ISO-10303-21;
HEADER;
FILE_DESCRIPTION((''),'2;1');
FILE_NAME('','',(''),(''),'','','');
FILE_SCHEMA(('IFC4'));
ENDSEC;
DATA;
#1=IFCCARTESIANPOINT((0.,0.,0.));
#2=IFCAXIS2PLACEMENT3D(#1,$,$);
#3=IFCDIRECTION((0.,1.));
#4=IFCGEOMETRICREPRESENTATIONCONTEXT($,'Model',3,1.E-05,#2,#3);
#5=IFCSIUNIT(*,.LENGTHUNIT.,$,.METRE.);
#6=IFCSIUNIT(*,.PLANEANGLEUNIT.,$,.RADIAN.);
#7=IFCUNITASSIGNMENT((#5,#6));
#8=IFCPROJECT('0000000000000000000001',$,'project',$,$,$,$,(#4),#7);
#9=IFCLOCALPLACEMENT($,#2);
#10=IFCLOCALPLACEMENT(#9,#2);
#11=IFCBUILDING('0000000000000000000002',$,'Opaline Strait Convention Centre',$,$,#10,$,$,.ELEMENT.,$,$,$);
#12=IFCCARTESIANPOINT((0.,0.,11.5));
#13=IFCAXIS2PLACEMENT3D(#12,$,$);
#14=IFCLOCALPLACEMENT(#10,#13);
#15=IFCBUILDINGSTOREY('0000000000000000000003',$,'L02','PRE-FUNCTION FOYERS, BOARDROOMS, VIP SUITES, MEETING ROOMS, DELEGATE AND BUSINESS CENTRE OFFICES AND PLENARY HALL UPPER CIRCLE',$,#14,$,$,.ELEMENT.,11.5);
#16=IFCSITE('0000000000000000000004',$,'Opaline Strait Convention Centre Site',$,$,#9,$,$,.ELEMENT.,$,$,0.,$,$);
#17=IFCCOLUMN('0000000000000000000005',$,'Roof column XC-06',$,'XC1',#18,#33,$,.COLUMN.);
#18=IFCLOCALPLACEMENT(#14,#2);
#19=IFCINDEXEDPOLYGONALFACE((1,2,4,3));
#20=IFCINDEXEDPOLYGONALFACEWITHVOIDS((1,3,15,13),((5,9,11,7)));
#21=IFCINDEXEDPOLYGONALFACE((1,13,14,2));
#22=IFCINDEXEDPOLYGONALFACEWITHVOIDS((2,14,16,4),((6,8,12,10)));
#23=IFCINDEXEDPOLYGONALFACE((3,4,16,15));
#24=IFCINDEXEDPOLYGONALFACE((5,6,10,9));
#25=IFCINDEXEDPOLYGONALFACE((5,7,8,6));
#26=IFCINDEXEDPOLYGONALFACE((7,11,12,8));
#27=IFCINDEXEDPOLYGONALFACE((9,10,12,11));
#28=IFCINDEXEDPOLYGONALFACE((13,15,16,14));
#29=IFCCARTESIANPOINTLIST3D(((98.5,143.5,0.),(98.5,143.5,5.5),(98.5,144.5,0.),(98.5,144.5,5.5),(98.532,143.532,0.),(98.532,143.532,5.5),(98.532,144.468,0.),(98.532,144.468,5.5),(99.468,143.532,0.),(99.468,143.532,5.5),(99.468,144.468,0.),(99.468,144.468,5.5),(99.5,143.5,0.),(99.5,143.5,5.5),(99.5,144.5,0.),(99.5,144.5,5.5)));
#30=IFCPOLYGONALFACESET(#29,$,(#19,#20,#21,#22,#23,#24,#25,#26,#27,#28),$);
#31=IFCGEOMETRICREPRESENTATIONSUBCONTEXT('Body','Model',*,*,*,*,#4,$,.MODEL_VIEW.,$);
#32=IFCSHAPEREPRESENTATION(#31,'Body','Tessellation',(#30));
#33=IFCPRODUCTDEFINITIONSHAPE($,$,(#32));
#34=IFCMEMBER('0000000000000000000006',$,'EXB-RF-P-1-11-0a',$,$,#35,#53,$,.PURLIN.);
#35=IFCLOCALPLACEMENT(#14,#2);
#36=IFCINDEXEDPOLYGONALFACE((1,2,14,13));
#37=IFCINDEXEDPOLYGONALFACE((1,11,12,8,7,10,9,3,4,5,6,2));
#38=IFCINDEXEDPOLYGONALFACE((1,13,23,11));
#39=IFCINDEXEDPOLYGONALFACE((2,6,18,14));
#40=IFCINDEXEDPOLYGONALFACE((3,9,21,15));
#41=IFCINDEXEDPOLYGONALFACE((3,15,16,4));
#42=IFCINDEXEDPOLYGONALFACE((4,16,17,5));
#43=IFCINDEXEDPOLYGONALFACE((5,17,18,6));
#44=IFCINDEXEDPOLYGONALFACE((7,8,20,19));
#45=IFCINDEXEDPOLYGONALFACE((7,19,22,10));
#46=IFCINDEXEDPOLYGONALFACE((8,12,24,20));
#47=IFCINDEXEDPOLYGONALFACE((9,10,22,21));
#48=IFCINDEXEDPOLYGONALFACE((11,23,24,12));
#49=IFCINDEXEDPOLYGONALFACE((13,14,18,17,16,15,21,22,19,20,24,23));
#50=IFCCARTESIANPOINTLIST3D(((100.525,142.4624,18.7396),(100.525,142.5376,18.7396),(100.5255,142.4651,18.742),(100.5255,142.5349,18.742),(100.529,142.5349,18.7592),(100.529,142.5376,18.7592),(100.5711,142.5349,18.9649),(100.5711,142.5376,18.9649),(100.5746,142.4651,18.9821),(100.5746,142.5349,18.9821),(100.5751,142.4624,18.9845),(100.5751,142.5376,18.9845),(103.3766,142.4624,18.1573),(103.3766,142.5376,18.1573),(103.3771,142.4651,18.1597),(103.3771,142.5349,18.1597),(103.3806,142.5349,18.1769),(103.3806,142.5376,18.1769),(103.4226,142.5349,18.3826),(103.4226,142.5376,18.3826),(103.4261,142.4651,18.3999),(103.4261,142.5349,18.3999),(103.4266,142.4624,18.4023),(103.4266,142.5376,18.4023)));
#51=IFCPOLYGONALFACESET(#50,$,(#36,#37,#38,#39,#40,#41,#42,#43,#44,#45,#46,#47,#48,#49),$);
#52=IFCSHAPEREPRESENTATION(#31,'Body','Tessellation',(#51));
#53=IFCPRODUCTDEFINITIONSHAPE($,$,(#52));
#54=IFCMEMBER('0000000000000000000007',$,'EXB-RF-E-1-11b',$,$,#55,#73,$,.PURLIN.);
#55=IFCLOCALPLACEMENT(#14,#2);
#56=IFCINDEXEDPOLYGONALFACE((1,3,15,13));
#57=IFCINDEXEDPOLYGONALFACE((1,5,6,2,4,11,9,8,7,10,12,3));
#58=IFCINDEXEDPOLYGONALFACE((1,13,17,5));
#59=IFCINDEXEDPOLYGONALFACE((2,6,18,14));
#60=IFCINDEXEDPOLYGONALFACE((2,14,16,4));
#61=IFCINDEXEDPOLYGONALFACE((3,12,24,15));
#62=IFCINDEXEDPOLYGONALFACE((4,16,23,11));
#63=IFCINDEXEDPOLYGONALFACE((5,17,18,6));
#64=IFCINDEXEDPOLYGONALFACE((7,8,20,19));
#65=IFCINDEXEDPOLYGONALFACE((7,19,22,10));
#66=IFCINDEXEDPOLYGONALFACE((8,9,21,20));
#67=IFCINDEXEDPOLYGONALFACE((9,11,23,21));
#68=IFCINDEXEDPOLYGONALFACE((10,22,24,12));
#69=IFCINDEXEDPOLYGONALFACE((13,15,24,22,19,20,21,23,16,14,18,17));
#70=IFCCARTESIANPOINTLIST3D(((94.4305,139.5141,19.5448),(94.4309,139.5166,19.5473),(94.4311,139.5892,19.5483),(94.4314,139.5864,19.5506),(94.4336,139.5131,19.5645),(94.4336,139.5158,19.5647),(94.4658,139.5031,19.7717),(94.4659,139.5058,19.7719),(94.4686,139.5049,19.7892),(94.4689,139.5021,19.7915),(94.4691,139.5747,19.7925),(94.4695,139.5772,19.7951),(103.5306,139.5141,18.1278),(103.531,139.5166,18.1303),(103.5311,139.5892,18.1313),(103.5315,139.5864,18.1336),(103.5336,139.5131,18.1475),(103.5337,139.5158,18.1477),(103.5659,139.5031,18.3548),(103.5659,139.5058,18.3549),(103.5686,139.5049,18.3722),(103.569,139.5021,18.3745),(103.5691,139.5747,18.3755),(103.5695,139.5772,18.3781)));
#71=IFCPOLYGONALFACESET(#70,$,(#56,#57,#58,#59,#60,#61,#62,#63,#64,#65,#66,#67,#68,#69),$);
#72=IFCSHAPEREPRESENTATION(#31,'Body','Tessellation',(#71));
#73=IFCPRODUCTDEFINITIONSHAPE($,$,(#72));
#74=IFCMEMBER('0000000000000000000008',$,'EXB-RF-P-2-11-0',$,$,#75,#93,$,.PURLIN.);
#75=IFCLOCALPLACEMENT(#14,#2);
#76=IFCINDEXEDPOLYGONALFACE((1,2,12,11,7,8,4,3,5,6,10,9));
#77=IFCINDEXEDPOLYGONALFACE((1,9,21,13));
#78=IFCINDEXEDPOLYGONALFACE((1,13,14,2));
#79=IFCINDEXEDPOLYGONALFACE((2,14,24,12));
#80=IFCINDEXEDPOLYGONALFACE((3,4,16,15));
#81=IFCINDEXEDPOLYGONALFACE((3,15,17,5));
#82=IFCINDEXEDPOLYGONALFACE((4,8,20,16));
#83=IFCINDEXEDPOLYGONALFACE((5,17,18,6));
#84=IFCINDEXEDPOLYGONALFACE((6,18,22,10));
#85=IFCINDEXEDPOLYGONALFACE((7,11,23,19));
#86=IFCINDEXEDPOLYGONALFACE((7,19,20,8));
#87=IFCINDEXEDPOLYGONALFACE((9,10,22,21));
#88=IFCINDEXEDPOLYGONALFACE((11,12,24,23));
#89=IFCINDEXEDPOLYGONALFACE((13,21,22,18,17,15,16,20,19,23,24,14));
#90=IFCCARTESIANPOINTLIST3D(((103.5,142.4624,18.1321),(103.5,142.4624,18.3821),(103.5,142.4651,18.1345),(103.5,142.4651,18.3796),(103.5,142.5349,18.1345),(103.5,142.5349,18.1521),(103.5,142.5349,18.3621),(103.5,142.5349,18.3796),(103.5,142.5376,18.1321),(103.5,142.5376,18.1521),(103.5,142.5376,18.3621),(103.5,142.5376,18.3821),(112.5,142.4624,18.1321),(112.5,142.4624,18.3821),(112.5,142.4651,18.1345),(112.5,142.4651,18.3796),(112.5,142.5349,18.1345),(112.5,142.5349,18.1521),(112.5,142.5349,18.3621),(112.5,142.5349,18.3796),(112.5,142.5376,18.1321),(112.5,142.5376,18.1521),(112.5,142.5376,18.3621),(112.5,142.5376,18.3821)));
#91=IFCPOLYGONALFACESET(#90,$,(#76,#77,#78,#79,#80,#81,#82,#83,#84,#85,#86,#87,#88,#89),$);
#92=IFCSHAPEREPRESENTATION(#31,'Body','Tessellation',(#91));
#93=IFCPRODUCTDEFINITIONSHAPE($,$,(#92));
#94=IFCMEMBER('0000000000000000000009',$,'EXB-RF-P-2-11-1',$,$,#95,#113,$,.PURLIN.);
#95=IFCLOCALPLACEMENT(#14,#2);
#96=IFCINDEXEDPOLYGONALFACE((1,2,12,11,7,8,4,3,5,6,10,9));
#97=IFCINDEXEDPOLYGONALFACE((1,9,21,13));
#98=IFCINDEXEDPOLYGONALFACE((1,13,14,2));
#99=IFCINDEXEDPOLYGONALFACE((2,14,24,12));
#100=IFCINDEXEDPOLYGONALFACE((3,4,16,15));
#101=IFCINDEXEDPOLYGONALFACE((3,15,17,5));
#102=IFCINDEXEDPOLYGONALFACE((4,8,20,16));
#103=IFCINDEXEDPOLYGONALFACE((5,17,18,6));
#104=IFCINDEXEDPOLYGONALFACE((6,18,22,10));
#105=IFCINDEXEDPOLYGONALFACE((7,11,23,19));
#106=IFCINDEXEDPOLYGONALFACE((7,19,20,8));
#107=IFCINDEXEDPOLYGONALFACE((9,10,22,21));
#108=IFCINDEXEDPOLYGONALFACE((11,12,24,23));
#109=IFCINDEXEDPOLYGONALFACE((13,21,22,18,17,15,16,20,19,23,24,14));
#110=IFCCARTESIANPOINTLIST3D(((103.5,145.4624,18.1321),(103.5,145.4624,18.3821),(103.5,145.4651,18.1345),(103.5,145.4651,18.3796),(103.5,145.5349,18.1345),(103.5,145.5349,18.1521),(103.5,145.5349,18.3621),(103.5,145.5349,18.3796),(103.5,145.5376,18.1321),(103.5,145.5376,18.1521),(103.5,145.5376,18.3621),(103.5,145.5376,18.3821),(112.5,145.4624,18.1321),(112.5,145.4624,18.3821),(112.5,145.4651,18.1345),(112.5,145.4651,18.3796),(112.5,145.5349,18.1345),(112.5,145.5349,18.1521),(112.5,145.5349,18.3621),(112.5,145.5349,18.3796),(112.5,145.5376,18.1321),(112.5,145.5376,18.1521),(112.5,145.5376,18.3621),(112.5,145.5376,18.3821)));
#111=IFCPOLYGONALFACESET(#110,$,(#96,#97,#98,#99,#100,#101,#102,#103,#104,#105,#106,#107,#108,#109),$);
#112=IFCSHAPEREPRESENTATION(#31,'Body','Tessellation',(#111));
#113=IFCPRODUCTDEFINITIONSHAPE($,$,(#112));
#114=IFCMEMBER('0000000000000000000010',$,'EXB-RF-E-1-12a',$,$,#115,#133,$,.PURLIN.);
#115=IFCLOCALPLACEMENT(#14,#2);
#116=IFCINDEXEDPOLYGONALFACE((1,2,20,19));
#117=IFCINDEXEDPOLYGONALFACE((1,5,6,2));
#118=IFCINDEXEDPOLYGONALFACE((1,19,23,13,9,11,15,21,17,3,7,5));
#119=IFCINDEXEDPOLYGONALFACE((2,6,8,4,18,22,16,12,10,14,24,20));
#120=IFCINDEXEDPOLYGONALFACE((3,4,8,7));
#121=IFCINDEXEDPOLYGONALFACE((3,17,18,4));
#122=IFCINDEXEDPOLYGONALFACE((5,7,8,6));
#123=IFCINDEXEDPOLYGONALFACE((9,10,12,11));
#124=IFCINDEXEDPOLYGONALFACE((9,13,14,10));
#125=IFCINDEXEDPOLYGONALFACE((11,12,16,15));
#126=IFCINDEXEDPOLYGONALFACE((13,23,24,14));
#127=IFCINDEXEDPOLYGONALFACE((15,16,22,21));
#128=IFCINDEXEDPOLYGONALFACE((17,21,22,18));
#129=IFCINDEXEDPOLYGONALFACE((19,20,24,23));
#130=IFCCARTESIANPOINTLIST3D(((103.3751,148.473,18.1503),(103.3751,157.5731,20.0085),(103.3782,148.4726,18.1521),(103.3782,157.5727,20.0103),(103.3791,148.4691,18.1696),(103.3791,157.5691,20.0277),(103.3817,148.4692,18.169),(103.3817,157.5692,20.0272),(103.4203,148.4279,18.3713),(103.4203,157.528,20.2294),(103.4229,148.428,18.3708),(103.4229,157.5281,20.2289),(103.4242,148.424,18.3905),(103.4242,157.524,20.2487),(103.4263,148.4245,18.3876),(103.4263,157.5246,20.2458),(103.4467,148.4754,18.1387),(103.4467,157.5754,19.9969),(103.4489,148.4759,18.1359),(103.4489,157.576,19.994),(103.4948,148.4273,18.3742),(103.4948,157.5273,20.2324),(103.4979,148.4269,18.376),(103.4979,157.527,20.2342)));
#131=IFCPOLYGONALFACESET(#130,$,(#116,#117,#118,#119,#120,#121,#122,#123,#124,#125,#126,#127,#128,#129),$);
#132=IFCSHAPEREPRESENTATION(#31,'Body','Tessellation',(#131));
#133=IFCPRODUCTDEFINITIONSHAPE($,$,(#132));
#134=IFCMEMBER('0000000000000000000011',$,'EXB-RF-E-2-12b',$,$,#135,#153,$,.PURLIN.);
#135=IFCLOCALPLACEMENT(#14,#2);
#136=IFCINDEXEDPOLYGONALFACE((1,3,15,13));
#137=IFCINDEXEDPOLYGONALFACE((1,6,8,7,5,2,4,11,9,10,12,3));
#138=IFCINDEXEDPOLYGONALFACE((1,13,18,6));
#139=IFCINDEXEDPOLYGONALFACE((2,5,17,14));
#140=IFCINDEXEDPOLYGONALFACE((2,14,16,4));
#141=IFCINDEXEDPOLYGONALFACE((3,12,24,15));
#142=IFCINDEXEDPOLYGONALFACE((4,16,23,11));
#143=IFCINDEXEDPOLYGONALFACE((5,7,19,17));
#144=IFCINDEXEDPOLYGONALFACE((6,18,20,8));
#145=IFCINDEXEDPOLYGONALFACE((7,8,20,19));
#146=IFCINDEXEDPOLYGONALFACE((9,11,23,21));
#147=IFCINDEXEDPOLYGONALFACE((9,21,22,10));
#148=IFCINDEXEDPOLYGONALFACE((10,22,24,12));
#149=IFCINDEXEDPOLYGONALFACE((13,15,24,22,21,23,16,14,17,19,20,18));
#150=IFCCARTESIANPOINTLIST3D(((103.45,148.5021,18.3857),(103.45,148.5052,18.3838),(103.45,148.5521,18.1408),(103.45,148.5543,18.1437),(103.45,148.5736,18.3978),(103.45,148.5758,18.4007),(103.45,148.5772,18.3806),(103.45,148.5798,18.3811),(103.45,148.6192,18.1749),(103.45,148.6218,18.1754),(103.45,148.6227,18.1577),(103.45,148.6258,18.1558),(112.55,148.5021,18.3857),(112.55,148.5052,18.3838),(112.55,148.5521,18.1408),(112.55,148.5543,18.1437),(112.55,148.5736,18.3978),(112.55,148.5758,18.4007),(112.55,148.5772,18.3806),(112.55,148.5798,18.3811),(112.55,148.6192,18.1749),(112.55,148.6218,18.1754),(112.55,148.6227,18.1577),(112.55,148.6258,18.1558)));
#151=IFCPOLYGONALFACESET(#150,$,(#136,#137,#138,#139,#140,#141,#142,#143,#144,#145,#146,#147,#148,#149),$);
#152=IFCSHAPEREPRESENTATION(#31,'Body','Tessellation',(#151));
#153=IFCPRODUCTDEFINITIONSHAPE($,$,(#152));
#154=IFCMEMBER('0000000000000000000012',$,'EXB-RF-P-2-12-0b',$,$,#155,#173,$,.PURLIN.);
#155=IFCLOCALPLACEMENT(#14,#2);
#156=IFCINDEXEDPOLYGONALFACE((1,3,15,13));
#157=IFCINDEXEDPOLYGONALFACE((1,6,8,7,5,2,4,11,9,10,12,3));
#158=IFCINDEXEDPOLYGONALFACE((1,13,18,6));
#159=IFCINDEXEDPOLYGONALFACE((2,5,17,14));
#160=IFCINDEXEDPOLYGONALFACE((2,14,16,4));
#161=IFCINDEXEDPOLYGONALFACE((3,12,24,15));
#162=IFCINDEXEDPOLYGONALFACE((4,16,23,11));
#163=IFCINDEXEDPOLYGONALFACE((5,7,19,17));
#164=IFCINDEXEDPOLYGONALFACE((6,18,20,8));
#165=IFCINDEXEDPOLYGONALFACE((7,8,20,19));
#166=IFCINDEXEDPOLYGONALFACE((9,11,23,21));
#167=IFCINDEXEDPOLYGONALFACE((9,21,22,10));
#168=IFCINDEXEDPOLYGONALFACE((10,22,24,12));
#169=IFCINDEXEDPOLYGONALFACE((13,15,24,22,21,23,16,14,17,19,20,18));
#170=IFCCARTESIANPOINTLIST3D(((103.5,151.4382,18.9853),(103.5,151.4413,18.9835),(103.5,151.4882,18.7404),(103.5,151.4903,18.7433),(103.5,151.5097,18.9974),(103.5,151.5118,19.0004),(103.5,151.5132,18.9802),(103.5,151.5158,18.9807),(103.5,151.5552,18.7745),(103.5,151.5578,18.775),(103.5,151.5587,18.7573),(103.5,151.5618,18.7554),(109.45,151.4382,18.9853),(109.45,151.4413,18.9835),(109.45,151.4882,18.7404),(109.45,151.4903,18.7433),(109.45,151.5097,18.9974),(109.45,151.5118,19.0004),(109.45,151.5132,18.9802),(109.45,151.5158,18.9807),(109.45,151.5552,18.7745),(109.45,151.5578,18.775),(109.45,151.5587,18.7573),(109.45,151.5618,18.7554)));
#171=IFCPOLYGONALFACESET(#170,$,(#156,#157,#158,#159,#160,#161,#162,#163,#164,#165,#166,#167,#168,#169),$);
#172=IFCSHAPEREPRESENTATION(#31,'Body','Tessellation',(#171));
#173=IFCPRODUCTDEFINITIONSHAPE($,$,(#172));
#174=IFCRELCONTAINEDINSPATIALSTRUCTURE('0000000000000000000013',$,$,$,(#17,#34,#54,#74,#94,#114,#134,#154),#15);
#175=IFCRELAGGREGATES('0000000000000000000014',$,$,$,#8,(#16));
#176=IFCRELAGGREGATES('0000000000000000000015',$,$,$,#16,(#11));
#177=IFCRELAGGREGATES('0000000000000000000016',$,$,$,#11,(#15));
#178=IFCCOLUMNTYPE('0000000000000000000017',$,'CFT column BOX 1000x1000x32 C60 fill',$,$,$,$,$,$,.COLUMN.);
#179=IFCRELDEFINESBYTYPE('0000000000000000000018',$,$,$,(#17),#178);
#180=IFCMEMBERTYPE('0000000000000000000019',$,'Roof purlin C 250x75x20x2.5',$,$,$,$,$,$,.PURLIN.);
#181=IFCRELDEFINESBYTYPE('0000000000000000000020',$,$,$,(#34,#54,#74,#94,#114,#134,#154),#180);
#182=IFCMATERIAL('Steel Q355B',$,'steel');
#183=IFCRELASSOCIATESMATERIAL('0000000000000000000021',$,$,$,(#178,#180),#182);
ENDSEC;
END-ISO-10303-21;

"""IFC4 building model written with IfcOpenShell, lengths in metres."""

from ifc_helpers import new_model, si_unit, direction, frame, origin, origin_2d, place, context, subcontext, project, spatial, polyline, hollow_rectangle, outline, extrude, material, material_profile, profile_set, type_object, element, save


model = new_model("IFC4")

# Units and contexts
model_context = context("Model", 3, precision=1e-05, world=origin(), true_north=direction((0.0, 1.0)))
body_context = subcontext(model_context, "Body", "Model", "MODEL_VIEW")
ifc_project = project(units=[si_unit("LENGTHUNIT", "METRE"), si_unit("PLANEANGLEUNIT", "RADIAN")], contexts=[model_context])

# Site, building, storey
site_placement = place(None, origin())
site = spatial("IfcSite", under=ifc_project, at=site_placement, Name="Opaline Strait Convention Centre Site", CompositionType="ELEMENT", RefElevation=0.0)
building_placement = place(site_placement, origin())
building = spatial("IfcBuilding", under=site, at=building_placement, Name="Opaline Strait Convention Centre", CompositionType="ELEMENT")
storey_placement = place(building_placement, frame((0.0, 0.0, 11.5)))
storey = spatial("IfcBuildingStorey", under=building, at=storey_placement, Name="L02", Description="PRE-FUNCTION FOYERS, BOARDROOMS, VIP SUITES, MEETING ROOMS, DELEGATE AND BUSINESS CENTRE OFFICES AND PLENARY HALL UPPER CIRCLE", CompositionType="ELEMENT", Elevation=11.5)

# Column
ifc_material_1 = material(Name="Steel Q355B", Category="steel")
ifc_material_profile_1 = material_profile(ifc_material_1, hollow_rectangle(XDim=1.0, YDim=1.0, WallThickness=0.032, at=origin_2d()), Name="BOX 1000x1000x32")
ifc_profile_set_1 = profile_set([ifc_material_profile_1], Name="Steel Q355B")
column_type = type_object("IfcColumnType", Name="CFT column BOX 1000x1000x32 C60 fill", PredefinedType="COLUMN", material=ifc_profile_set_1)
column_placement = place(storey_placement, frame((99.0, 144.0, 0.0), z_axis=(0.0, 0.0, 1.0), x_axis=(1.0, 0.0, 0.0)))
element("IfcColumn", 1, at=column_placement, inside=storey, type_object=column_type, Name="Roof column XC-06", ObjectType="XC1", PredefinedType="COLUMN", context=body_context, shape_type="SweptSolid", body=[
    extrude(hollow_rectangle(XDim=1.0, YDim=1.0, WallThickness=0.032, at=origin_2d()), origin(), (0.0, 0.0, 1.0), 5.5),
])

# Members
ifc_material_profile_2 = material_profile(ifc_material_1, outline(polyline([(-0.0376, -0.125), (0.0376, -0.125), (0.0376, -0.105), (0.0349, -0.105), (0.0349, -0.1226), (-0.0349, -0.1226), (-0.0349, 0.1226), (0.0349, 0.1226), (0.0349, 0.105), (0.0376, 0.105), (0.0376, 0.125), (-0.0376, 0.125), (-0.0376, -0.125)])), Name="C 250x75x20x2.5")
ifc_profile_set_2 = profile_set([ifc_material_profile_2], Name="Steel Q355B")
member_type_1 = type_object("IfcMemberType", Name="Roof purlin C 250x75x20x2.5", PredefinedType="PURLIN", material=ifc_profile_set_2)
member_1_placement = place(storey_placement, frame((100.55, 142.5, 18.8621), z_axis=(0.979782, 0.0, -0.200067), x_axis=(0.0, 1.0, 0.0)))
element("IfcMember", 2, at=member_1_placement, inside=storey, type_object=member_type_1, Name="EXB-RF-P-1-11-0a", PredefinedType="PURLIN", context=body_context, shape_type="SweptSolid", body=[
    extrude(outline(polyline([(-0.0376, -0.125), (0.0376, -0.125), (0.0376, -0.105), (0.0349, -0.105), (0.0349, -0.1226), (-0.0349, -0.1226), (-0.0349, 0.1226), (0.0349, 0.1226), (0.0349, 0.105), (0.0376, 0.105), (0.0376, 0.125), (-0.0376, 0.125), (-0.0376, -0.125)])), origin(), (0.0, 0.0, 1.0), 2.9104),
])
member_2_placement = place(storey_placement, frame((103.55, 139.5457, 18.2529), z_axis=(-0.988093, 0.0, 0.153858), x_axis=(-0.007363, -0.998854, -0.047288)))
element("IfcMember", 3, at=member_2_placement, inside=storey, type_object=member_type_1, Name="EXB-RF-E-1-11b", PredefinedType="PURLIN", context=body_context, shape_type="SweptSolid", body=[
    extrude(outline(polyline([(-0.0376, -0.125), (0.0376, -0.125), (0.0376, -0.105), (0.0349, -0.105), (0.0349, -0.1226), (-0.0349, -0.1226), (-0.0349, 0.1226), (0.0349, 0.1226), (0.0349, 0.105), (0.0376, 0.105), (0.0376, 0.125), (-0.0376, 0.125), (-0.0376, -0.125)])), origin(), (0.0, 0.0, 1.0), 9.2097),
])
for number, where, z_axis, x_axis, name in (
    (4, (103.5, 142.5, 18.2571), (1.0, 0.0, 0.0), (0.0, 1.0, 0.0), "EXB-RF-P-2-11-0"),
    (5, (103.5, 145.5, 18.2571), (1.0, 0.0, 0.0), (0.0, 1.0, 0.0), "EXB-RF-P-2-11-1"),
):
    element("IfcMember", number, at=place(storey_placement, frame(where, z_axis=z_axis, x_axis=x_axis)), inside=storey, type_object=member_type_1, Name=name, PredefinedType="PURLIN", context=body_context, shape_type="SweptSolid", body=[
        extrude(outline(polyline([(-0.0376, -0.125), (0.0376, -0.125), (0.0376, -0.105), (0.0349, -0.105), (0.0349, -0.1226), (-0.0349, -0.1226), (-0.0349, 0.1226), (0.0349, 0.1226), (0.0349, 0.105), (0.0376, 0.105), (0.0376, 0.125), (-0.0376, 0.125), (-0.0376, -0.125)])), origin(), (0.0, 0.0, 1.0), 9.0),
    ])
member_3_placement = place(storey_placement, frame((103.4365, 148.45, 18.2632), z_axis=(0.0, 0.979783, 0.200062), x_axis=(-0.980566, -0.03925, 0.192223)))
element("IfcMember", 6, at=member_3_placement, inside=storey, type_object=member_type_1, Name="EXB-RF-E-1-12a", PredefinedType="PURLIN", context=body_context, shape_type="SweptSolid", body=[
    extrude(outline(polyline([(-0.0376, -0.125), (0.0376, -0.125), (0.0376, -0.105), (0.0349, -0.105), (0.0349, -0.1226), (-0.0349, -0.1226), (-0.0349, 0.1226), (0.0349, 0.1226), (0.0349, 0.105), (0.0376, 0.105), (0.0376, 0.125), (-0.0376, 0.125), (-0.0376, -0.125)])), origin(), (0.0, 0.0, 1.0), 9.2878),
])
member_4_placement = place(storey_placement, frame((103.45, 148.564, 18.2708), z_axis=(1.0, 0.0, 0.0), x_axis=(0.0, 0.97978, 0.200078)))
element("IfcMember", 7, at=member_4_placement, inside=storey, type_object=member_type_1, Name="EXB-RF-E-2-12b", PredefinedType="PURLIN", context=body_context, shape_type="SweptSolid", body=[
    extrude(outline(polyline([(-0.0376, -0.125), (0.0376, -0.125), (0.0376, -0.105), (0.0349, -0.105), (0.0349, -0.1226), (-0.0349, -0.1226), (-0.0349, 0.1226), (0.0349, 0.1226), (0.0349, 0.105), (0.0376, 0.105), (0.0376, 0.125), (-0.0376, 0.125), (-0.0376, -0.125)])), origin(), (0.0, 0.0, 1.0), 9.1001),
])
member_5_placement = place(storey_placement, frame((103.5, 151.5, 18.8704), z_axis=(1.0, 0.0, 0.0), x_axis=(0.0, 0.97978, 0.200078)))
element("IfcMember", 8, at=member_5_placement, inside=storey, type_object=member_type_1, Name="EXB-RF-P-2-12-0b", PredefinedType="PURLIN", context=body_context, shape_type="SweptSolid", body=[
    extrude(outline(polyline([(-0.0376, -0.125), (0.0376, -0.125), (0.0376, -0.105), (0.0349, -0.105), (0.0349, -0.1226), (-0.0349, -0.1226), (-0.0349, 0.1226), (0.0349, 0.1226), (0.0349, 0.105), (0.0376, 0.105), (0.0376, 0.125), (-0.0376, 0.125), (-0.0376, -0.125)])), origin(), (0.0, 0.0, 1.0), 5.95),
])

save(model, "model.ifc")
